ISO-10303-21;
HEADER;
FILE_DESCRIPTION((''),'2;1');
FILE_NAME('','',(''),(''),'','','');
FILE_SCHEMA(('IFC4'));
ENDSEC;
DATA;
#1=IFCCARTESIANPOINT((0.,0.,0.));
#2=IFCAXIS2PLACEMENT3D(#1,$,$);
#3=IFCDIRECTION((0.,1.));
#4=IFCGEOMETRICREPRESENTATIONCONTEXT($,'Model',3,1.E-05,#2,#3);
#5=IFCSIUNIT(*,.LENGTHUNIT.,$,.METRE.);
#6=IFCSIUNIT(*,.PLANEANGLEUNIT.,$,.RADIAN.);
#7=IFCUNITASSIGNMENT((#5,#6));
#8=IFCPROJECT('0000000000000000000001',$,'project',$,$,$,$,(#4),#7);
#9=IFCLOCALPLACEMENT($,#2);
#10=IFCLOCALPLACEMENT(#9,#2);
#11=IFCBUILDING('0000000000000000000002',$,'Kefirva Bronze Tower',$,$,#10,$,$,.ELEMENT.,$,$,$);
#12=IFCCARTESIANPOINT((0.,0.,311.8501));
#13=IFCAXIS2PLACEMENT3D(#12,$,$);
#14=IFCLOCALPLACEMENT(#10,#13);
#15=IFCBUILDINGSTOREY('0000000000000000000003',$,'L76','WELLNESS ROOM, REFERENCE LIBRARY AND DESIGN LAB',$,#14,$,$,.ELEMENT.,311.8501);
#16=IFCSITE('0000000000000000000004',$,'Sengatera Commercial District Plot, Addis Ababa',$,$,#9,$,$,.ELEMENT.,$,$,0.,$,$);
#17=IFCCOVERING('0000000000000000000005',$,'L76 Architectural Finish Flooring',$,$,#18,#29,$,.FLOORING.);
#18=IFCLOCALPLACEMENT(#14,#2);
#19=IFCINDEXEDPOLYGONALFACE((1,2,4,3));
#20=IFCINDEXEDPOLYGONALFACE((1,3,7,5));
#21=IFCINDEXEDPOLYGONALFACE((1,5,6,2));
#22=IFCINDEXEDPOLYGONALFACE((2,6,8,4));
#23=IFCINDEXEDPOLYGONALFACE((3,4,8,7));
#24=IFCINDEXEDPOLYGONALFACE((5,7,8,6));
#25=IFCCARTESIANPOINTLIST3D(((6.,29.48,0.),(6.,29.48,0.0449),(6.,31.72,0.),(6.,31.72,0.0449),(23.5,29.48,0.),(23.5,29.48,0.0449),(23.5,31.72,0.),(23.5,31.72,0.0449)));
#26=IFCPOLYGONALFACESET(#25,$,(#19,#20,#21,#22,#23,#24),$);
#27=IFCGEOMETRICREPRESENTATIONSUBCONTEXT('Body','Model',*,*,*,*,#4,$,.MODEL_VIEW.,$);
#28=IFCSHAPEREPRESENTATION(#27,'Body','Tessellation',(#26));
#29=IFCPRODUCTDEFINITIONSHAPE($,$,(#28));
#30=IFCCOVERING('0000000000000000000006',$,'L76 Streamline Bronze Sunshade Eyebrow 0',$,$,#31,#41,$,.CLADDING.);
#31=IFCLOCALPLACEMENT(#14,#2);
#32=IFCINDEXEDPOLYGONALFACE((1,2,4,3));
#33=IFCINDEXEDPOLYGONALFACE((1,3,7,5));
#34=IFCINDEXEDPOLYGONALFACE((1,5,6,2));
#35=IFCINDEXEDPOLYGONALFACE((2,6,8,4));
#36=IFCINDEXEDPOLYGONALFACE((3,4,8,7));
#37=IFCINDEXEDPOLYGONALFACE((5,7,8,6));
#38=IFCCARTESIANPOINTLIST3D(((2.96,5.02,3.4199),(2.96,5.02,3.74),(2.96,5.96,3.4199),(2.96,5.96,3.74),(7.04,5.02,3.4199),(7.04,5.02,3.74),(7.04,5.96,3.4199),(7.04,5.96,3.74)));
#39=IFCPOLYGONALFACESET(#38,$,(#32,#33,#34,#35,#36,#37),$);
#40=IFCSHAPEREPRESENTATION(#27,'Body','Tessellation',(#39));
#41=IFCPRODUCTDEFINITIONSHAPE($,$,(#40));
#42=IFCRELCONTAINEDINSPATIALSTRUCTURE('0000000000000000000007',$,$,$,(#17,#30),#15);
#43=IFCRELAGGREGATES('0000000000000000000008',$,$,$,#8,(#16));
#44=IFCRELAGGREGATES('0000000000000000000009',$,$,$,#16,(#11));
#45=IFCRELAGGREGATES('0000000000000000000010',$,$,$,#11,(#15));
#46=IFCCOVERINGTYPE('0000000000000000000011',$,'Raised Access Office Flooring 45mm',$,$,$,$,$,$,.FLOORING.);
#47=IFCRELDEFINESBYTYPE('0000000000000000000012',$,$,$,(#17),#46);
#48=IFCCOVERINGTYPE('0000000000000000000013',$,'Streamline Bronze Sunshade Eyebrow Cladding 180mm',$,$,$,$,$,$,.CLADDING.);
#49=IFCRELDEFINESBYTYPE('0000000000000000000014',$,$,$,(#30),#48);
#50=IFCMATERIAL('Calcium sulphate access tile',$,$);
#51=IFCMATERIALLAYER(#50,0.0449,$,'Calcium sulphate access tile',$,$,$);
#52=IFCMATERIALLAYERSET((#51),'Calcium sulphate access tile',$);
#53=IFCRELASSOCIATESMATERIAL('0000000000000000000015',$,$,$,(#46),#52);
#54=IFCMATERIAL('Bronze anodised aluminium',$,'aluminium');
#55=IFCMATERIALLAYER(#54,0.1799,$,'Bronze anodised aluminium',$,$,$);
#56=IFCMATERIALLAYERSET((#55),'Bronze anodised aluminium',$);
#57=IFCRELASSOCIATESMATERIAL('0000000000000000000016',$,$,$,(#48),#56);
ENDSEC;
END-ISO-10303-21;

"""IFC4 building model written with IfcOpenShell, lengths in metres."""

from ifc_helpers import new_model, si_unit, direction, frame, origin, origin_2d, place, context, subcontext, project, spatial, polyline, rectangle, outline, extrude, material, layer, layer_set, type_object, element, save


model = new_model("IFC4")

# Units and contexts
model_context = context("Model", 3, precision=1e-05, world=origin(), true_north=direction((0.0, 1.0)))
body_context = subcontext(model_context, "Body", "Model", "MODEL_VIEW")
ifc_project = project(units=[si_unit("LENGTHUNIT", "METRE"), si_unit("PLANEANGLEUNIT", "RADIAN")], contexts=[model_context])

# Site, building, storey
site_placement = place(None, origin())
site = spatial("IfcSite", under=ifc_project, at=site_placement, Name="Sengatera Commercial District Plot, Addis Ababa", CompositionType="ELEMENT", RefElevation=0.0)
building_placement = place(site_placement, origin())
building = spatial("IfcBuilding", under=site, at=building_placement, Name="Kefirva Bronze Tower", CompositionType="ELEMENT")
storey_placement = place(building_placement, frame((0.0, 0.0, 311.8501)))
storey = spatial("IfcBuildingStorey", under=building, at=storey_placement, Name="L76", Description="WELLNESS ROOM, REFERENCE LIBRARY AND DESIGN LAB", CompositionType="ELEMENT", Elevation=311.8501)

# Coverings
ifc_material_1 = material(Name="Bronze anodised aluminium", Category="aluminium")
ifc_material_2 = material(Name="Calcium sulphate access tile")
ifc_layer_1 = layer(ifc_material_2, 0.0449, Name="Calcium sulphate access tile")
ifc_layer_set_1 = layer_set([ifc_layer_1], Name="Calcium sulphate access tile")
covering_type_1 = type_object("IfcCoveringType", Name="Raised Access Office Flooring 45mm", PredefinedType="FLOORING", material=ifc_layer_set_1)
covering_1_placement = place(storey_placement, origin())
element("IfcCovering", 1, at=covering_1_placement, inside=storey, type_object=covering_type_1, Name="L76 Architectural Finish Flooring", PredefinedType="FLOORING", context=body_context, shape_type="SweptSolid", body=[
    extrude(outline(polyline([(6.0, 29.48), (23.5, 29.48), (23.5, 31.72), (6.0, 31.72), (6.0, 29.48)])), origin(), (0.0, 0.0, 1.0), 0.0449),
])
ifc_layer_2 = layer(ifc_material_1, 0.1799, Name="Bronze anodised aluminium")
ifc_layer_set_2 = layer_set([ifc_layer_2], Name="Bronze anodised aluminium")
covering_type_2 = type_object("IfcCoveringType", Name="Streamline Bronze Sunshade Eyebrow Cladding 180mm", PredefinedType="CLADDING", material=ifc_layer_set_2)
covering_2_placement = place(storey_placement, frame((5.0, 5.49, 3.4199), z_axis=(0.0, 0.0, 1.0), x_axis=(1.0, 0.0, 0.0)))
element("IfcCovering", 2, at=covering_2_placement, inside=storey, type_object=covering_type_2, Name="L76 Streamline Bronze Sunshade Eyebrow 0", PredefinedType="CLADDING", context=body_context, shape_type="SweptSolid", body=[
    extrude(rectangle(XDim=4.0801, YDim=0.9399, at=origin_2d()), origin(), (0.0, 0.0, 1.0), 0.3201),
])

save(model, "model.ifc")
